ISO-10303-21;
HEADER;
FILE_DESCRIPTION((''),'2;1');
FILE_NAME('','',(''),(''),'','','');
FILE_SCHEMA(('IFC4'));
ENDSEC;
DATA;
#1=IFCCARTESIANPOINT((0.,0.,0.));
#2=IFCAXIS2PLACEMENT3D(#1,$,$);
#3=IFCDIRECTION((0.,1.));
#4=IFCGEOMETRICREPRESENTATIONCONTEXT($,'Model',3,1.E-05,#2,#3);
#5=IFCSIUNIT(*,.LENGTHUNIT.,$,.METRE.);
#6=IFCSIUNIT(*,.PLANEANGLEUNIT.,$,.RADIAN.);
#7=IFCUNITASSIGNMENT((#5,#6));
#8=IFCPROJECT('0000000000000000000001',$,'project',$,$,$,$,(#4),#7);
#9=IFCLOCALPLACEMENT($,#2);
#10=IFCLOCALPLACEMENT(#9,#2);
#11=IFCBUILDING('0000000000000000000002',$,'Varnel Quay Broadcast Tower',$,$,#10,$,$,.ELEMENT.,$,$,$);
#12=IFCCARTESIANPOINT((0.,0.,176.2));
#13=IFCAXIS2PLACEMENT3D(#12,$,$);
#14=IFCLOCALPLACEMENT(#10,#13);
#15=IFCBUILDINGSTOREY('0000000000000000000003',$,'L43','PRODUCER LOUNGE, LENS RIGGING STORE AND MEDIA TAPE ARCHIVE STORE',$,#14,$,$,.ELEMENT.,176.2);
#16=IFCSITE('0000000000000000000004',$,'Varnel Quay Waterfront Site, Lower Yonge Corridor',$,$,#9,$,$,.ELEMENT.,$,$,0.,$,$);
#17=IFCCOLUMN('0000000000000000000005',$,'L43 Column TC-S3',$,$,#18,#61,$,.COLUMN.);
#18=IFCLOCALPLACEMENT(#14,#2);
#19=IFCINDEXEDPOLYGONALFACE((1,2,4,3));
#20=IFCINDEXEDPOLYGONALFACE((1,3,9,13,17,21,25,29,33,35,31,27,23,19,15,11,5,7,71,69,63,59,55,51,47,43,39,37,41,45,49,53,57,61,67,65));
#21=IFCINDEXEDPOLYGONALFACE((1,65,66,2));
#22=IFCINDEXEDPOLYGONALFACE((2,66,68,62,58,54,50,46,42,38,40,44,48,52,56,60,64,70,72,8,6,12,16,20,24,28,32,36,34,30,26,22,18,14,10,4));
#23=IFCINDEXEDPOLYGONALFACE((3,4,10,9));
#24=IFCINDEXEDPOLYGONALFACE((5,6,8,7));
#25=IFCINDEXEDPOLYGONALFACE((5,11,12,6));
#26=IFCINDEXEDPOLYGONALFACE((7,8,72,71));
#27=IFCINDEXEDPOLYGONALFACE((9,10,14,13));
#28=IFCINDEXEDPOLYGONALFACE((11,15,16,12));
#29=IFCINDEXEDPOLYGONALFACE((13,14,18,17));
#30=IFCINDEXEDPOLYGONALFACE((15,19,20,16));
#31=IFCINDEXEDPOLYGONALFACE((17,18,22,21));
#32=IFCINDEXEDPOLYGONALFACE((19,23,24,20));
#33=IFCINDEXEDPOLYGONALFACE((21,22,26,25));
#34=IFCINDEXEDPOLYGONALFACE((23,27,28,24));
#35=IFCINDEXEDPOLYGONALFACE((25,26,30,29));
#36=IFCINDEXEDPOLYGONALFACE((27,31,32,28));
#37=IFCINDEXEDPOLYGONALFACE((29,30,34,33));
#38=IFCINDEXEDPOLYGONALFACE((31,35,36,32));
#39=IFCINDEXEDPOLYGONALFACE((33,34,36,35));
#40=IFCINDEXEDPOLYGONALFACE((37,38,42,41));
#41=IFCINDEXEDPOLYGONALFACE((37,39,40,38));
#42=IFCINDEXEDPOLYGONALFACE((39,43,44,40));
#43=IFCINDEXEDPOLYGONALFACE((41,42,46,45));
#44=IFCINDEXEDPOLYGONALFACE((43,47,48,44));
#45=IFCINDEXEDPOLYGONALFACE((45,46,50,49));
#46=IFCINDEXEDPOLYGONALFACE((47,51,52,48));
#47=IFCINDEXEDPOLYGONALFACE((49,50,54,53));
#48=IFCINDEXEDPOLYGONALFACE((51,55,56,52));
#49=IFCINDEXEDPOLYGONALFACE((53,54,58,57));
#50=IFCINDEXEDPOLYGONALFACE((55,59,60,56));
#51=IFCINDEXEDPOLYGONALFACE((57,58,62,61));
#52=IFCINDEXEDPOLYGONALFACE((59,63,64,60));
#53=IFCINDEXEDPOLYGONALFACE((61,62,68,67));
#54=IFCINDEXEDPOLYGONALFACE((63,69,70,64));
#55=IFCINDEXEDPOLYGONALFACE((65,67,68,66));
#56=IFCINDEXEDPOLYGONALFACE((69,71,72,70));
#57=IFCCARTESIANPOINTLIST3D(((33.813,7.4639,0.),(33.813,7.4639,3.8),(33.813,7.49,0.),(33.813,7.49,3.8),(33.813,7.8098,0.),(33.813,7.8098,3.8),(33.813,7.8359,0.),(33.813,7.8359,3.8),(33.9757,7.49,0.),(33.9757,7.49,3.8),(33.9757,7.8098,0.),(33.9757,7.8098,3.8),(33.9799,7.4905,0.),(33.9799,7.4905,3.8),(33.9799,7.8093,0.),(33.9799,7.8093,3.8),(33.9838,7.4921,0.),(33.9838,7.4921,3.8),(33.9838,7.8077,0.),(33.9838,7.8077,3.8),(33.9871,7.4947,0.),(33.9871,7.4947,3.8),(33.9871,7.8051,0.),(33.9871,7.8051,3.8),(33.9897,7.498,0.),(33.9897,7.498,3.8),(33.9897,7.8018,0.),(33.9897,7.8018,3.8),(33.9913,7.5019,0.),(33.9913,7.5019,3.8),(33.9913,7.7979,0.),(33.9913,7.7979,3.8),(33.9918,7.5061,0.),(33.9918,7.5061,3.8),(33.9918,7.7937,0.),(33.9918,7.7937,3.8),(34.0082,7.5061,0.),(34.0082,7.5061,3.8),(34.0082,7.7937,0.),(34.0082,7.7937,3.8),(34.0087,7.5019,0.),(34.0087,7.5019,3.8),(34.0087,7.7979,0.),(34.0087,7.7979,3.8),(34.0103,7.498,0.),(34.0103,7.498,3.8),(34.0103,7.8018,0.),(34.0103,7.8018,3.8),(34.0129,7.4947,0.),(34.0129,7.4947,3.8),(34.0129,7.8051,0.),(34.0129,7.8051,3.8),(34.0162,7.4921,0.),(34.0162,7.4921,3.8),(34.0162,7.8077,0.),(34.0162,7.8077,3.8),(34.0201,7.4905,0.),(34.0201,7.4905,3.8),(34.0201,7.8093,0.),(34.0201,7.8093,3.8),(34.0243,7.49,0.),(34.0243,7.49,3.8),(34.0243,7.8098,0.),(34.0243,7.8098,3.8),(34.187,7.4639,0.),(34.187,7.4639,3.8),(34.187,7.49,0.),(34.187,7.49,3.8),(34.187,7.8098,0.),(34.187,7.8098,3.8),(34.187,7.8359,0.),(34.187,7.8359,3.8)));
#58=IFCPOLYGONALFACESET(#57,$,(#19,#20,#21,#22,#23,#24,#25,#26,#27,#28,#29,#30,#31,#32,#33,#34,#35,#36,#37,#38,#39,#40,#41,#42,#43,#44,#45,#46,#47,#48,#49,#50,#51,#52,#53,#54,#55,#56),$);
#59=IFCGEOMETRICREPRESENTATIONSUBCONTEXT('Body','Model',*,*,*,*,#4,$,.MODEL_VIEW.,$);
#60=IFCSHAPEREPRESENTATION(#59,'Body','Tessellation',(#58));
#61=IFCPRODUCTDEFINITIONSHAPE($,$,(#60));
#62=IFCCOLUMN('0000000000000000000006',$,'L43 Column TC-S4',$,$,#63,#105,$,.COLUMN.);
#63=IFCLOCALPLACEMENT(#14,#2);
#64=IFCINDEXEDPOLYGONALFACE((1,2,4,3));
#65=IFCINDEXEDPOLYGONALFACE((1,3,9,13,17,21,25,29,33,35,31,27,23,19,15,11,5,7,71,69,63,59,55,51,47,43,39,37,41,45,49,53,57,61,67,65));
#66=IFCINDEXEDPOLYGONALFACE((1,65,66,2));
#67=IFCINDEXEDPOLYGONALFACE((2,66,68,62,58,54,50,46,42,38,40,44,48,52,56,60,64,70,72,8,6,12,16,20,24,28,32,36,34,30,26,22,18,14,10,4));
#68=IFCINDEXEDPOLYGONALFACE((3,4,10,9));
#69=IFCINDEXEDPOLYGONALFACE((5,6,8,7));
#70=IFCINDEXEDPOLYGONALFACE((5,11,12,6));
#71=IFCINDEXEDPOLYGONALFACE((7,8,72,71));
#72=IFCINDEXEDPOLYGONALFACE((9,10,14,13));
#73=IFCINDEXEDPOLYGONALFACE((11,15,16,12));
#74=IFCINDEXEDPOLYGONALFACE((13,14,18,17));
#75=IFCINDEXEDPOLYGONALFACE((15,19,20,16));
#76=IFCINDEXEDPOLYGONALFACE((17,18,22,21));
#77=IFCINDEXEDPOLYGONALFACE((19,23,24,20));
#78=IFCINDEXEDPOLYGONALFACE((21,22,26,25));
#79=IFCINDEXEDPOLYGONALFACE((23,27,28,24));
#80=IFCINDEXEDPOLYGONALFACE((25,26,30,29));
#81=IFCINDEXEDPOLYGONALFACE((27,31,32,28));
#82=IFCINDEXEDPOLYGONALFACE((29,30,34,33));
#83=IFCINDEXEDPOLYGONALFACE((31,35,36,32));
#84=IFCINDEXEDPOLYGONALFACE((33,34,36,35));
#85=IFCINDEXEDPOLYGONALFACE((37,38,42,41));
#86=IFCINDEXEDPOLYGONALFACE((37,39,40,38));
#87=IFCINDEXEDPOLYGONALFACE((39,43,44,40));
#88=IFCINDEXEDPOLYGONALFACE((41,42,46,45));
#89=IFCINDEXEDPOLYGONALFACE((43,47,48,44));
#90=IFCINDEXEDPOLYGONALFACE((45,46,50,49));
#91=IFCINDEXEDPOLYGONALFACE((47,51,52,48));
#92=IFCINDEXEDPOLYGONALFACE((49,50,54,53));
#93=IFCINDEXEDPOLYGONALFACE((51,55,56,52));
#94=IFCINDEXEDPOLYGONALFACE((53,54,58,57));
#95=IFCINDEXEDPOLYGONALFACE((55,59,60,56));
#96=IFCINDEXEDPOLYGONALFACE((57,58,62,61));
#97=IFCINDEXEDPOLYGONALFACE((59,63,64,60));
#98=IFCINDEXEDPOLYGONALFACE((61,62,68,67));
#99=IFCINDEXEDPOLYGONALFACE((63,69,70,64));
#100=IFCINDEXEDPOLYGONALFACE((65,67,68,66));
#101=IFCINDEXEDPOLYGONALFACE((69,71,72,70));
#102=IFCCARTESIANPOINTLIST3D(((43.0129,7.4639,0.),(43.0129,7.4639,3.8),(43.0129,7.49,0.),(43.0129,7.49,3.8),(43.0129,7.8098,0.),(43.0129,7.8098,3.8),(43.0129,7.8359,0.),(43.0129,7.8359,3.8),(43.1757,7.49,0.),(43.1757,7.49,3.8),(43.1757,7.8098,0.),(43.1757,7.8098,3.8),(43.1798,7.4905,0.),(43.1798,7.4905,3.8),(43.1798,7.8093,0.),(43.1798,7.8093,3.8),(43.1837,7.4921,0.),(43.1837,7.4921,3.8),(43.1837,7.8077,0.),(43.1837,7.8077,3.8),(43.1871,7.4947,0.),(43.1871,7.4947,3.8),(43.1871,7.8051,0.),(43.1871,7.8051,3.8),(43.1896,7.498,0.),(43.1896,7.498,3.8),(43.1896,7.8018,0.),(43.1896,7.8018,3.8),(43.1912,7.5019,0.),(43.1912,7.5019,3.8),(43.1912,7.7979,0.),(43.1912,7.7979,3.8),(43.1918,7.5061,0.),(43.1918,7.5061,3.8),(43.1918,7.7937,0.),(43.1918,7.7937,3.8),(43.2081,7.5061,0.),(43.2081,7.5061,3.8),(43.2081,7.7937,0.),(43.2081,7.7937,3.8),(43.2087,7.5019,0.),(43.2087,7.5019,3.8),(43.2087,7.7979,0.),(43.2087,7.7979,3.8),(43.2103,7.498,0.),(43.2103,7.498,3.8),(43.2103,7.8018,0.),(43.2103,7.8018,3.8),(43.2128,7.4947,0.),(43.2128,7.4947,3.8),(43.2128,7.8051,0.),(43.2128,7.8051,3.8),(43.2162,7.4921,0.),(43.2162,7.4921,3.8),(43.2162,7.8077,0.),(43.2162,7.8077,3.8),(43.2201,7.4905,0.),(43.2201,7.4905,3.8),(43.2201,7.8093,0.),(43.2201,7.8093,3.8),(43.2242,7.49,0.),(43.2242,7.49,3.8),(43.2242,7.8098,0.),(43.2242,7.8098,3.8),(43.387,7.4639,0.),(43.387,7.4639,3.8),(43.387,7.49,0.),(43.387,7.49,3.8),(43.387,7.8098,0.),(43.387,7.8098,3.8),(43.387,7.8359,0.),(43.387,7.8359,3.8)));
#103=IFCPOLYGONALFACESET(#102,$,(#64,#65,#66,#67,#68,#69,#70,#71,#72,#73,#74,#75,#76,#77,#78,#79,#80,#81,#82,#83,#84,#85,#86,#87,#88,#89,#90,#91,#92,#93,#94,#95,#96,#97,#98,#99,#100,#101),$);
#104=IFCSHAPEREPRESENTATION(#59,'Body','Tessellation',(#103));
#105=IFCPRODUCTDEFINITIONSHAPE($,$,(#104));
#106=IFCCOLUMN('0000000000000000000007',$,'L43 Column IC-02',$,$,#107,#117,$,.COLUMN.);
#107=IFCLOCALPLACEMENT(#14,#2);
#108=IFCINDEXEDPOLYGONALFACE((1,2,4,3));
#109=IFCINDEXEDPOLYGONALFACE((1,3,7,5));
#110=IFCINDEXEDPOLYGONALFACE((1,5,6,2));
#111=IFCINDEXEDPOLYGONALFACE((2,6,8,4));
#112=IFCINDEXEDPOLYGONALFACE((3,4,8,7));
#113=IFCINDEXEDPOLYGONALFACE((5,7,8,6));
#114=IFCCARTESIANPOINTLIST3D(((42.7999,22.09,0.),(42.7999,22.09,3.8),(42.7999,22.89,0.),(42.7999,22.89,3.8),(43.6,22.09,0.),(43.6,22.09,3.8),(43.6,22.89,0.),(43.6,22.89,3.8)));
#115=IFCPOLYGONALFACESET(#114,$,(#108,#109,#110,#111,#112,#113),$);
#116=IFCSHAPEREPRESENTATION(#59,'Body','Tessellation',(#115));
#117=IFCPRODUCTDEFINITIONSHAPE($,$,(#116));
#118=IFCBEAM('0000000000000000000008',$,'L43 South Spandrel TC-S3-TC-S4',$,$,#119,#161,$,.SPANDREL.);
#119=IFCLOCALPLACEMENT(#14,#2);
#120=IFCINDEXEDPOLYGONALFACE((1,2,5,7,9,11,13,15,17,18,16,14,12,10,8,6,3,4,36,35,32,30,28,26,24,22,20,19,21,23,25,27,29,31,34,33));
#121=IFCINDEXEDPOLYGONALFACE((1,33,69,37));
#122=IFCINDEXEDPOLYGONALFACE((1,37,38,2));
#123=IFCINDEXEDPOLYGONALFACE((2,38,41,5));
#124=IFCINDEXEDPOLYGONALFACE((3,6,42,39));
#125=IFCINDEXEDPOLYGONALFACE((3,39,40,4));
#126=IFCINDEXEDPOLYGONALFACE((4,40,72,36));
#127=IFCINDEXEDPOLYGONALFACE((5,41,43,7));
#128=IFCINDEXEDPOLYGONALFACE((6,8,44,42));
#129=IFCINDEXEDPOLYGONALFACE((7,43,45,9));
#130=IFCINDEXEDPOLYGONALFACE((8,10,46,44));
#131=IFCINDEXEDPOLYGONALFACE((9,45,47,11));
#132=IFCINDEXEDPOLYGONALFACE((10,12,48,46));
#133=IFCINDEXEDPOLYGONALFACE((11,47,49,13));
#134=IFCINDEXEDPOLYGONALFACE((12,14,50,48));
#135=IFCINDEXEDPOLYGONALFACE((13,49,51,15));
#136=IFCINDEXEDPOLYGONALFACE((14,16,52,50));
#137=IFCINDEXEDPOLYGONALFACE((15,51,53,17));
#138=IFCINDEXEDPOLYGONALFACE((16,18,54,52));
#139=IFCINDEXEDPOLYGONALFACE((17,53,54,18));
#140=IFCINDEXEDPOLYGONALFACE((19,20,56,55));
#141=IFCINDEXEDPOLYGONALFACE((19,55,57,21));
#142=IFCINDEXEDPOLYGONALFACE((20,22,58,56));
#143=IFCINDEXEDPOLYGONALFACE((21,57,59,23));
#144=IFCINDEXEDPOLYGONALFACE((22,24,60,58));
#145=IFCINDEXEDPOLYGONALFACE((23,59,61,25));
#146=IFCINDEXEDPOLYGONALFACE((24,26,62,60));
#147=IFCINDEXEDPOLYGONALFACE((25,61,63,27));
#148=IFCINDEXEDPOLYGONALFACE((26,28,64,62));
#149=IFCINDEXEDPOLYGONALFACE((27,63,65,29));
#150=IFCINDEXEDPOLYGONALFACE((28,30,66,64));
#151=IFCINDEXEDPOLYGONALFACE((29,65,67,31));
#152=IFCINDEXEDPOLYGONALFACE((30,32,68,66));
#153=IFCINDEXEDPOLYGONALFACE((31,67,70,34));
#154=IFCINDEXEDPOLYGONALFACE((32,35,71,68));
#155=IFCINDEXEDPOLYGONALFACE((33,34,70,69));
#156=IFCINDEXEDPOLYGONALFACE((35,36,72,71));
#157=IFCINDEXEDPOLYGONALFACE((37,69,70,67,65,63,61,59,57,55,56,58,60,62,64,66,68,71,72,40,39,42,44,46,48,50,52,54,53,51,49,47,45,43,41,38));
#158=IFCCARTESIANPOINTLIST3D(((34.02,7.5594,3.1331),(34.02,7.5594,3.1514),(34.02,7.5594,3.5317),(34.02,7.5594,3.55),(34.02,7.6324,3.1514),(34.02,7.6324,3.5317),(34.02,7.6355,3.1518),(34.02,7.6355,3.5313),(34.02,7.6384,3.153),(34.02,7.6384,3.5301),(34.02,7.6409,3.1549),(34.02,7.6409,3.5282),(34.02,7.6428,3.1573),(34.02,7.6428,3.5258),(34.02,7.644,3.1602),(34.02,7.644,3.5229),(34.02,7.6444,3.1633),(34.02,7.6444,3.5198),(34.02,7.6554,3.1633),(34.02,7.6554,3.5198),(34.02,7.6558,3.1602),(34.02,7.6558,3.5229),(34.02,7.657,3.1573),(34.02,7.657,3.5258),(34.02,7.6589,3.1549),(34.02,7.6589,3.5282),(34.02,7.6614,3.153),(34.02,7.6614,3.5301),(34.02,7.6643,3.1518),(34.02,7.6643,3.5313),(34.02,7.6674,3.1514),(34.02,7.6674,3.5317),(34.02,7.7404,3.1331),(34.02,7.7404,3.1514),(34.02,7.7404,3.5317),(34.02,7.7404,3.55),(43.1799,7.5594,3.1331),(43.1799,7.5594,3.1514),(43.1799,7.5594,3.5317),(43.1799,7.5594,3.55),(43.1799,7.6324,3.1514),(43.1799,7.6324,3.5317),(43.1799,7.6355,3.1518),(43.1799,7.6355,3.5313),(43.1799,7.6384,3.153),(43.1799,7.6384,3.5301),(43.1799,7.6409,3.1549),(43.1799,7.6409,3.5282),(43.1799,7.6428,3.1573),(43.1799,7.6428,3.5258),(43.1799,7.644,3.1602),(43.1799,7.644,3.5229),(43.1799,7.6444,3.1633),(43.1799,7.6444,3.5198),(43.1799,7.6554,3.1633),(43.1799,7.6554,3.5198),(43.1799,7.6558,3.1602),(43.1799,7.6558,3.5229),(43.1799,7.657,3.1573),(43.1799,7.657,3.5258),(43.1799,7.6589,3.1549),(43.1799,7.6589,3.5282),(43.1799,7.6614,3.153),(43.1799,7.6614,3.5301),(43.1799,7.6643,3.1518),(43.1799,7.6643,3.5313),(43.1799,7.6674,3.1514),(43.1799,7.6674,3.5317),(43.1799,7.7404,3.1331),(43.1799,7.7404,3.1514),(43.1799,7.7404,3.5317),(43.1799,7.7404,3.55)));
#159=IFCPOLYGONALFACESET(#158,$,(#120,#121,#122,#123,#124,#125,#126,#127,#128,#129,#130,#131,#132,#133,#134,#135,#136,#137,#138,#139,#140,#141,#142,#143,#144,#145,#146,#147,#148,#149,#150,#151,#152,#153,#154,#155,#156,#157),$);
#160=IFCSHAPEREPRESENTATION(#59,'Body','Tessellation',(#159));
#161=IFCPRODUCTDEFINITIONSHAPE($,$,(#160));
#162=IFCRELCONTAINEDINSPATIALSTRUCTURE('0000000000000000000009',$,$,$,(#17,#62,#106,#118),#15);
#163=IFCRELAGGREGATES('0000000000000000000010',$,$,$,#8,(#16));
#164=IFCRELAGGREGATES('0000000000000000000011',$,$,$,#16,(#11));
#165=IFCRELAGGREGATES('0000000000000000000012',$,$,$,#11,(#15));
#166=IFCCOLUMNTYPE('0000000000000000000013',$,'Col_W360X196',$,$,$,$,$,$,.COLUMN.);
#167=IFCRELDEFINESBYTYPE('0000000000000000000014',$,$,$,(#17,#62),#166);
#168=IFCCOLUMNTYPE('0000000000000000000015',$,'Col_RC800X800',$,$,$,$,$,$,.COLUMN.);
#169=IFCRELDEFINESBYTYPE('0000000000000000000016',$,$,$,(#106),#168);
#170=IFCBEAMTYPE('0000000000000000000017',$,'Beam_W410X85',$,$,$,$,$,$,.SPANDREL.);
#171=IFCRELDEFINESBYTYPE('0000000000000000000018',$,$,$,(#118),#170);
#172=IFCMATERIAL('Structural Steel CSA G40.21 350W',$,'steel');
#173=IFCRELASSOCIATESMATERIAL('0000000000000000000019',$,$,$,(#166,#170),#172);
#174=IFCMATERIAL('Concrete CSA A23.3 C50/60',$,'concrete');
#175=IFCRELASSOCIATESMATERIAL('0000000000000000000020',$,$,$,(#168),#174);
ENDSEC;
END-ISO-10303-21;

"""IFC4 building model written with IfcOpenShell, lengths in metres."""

from ifc_helpers import new_model, si_unit, direction, frame, origin, origin_2d, place, context, subcontext, project, spatial, rectangle, i_section, extrude, source, transform, mapped, material, material_profile, profile_set, type_object, type_shapes, element, save


model = new_model("IFC4")

# Units and contexts
model_context = context("Model", 3, precision=1e-05, world=origin(), true_north=direction((0.0, 1.0)))
body_context = subcontext(model_context, "Body", "Model", "MODEL_VIEW")
ifc_project = project(units=[si_unit("LENGTHUNIT", "METRE"), si_unit("PLANEANGLEUNIT", "RADIAN")], contexts=[model_context])

# Site, building, storey
site_placement = place(None, origin())
site = spatial("IfcSite", under=ifc_project, at=site_placement, Name="Varnel Quay Waterfront Site, Lower Yonge Corridor", CompositionType="ELEMENT", RefElevation=0.0)
building_placement = place(site_placement, origin())
building = spatial("IfcBuilding", under=site, at=building_placement, Name="Varnel Quay Broadcast Tower", CompositionType="ELEMENT")
storey_placement = place(building_placement, frame((0.0, 0.0, 176.2)))
storey = spatial("IfcBuildingStorey", under=building, at=storey_placement, Name="L43", Description="PRODUCER LOUNGE, LENS RIGGING STORE AND MEDIA TAPE ARCHIVE STORE", CompositionType="ELEMENT", Elevation=176.2)

# Columns
ifc_material_1 = material(Name="Structural Steel CSA G40.21 350W", Category="steel")
ifc_material_profile_1 = material_profile(ifc_material_1, i_section(OverallWidth=0.374, OverallDepth=0.3721, WebThickness=0.0164, FlangeThickness=0.0261, FilletRadius=0.0161, at=origin_2d()), Name="W360X196")
ifc_profile_set_1 = profile_set([ifc_material_profile_1], Name="Structural Steel CSA G40.21 350W")
column_type_1 = type_object("IfcColumnType", Name="Col_W360X196", PredefinedType="COLUMN", material=ifc_profile_set_1)
shared_shape_1 = source(origin(), body_context, "Body", "SweptSolid", [
    extrude(i_section(OverallWidth=0.374, OverallDepth=0.3721, WebThickness=0.0164, FlangeThickness=0.0261, FilletRadius=0.0161, at=origin_2d()), origin(), (0.0, 0.0, 1.0), 3.8),
])
type_shapes(column_type_1, [shared_shape_1])
for number, where, z_axis, x_axis, name in (
    (1, (34.0, 7.6499, 0.0), (0.0, 0.0, 1.0), (1.0, 0.0, 0.0), "L43 Column TC-S3"),
    (2, (43.2, 7.6499, 0.0), (0.0, 0.0, 1.0), (1.0, 0.0, 0.0), "L43 Column TC-S4"),
):
    element("IfcColumn", number, at=place(storey_placement, frame(where, z_axis=z_axis, x_axis=x_axis)), inside=storey, type_object=column_type_1, Name=name, PredefinedType="COLUMN", context=body_context, shape_type="MappedRepresentation", body=[
        mapped(shared_shape_1, transform((0.0, 0.0, 0.0), x_axis=(1.0, 0.0, 0.0), y_axis=(0.0, 1.0, 0.0), z_axis=(0.0, 0.0, 1.0), scale=1.0)),
    ])
ifc_material_2 = material(Name="Concrete CSA A23.3 C50/60", Category="concrete")
ifc_material_profile_2 = material_profile(ifc_material_2, rectangle(XDim=0.8, YDim=0.8, at=origin_2d()), Name="RC800X800")
ifc_profile_set_2 = profile_set([ifc_material_profile_2], Name="Concrete CSA A23.3 C50/60")
column_type_2 = type_object("IfcColumnType", Name="Col_RC800X800", PredefinedType="COLUMN", material=ifc_profile_set_2)
shared_shape_2 = source(origin(), body_context, "Body", "SweptSolid", [
    extrude(rectangle(XDim=0.8, YDim=0.8, at=origin_2d()), origin(), (0.0, 0.0, 1.0), 3.8),
])
type_shapes(column_type_2, [shared_shape_2])
column_placement = place(storey_placement, frame((43.2, 22.49, 0.0), z_axis=(0.0, 0.0, 1.0), x_axis=(1.0, 0.0, 0.0)))
element("IfcColumn", 3, at=column_placement, inside=storey, type_object=column_type_2, Name="L43 Column IC-02", PredefinedType="COLUMN", context=body_context, shape_type="MappedRepresentation", body=[
    mapped(shared_shape_2, transform((0.0, 0.0, 0.0), x_axis=(1.0, 0.0, 0.0), y_axis=(0.0, 1.0, 0.0), z_axis=(0.0, 0.0, 1.0), scale=1.0)),
])

# Beam
ifc_material_profile_3 = material_profile(ifc_material_1, i_section(OverallWidth=0.1809, OverallDepth=0.417, WebThickness=0.011, FlangeThickness=0.0183, FilletRadius=0.012, at=origin_2d()), Name="W410X85")
ifc_profile_set_3 = profile_set([ifc_material_profile_3], Name="Structural Steel CSA G40.21 350W")
beam_type_1 = type_object("IfcBeamType", Name="Beam_W410X85", PredefinedType="SPANDREL", material=ifc_profile_set_3)
shared_shape_3 = source(origin(), body_context, "Body", "SweptSolid", [
    extrude(i_section(OverallWidth=0.1809, OverallDepth=0.417, WebThickness=0.011, FlangeThickness=0.0183, FilletRadius=0.012, at=origin_2d()), origin(), (0.0, 0.0, 1.0), 9.1599),
])
type_shapes(beam_type_1, [shared_shape_3])
for number, where, z_axis, x_axis, name in (
    (4, (34.02, 7.6499, 3.3416), (1.0, 0.0, 0.0), (0.0, 1.0, 0.0), "L43 South Spandrel TC-S3-TC-S4"),
):
    element("IfcBeam", number, at=place(storey_placement, frame(where, z_axis=z_axis, x_axis=x_axis)), inside=storey, type_object=beam_type_1, Name=name, PredefinedType="SPANDREL", context=body_context, shape_type="MappedRepresentation", body=[
        mapped(shared_shape_3, transform((0.0, 0.0, 0.0), x_axis=(1.0, 0.0, 0.0), y_axis=(0.0, 1.0, 0.0), z_axis=(0.0, 0.0, 1.0), scale=1.0)),
    ])

save(model, "model.ifc")
